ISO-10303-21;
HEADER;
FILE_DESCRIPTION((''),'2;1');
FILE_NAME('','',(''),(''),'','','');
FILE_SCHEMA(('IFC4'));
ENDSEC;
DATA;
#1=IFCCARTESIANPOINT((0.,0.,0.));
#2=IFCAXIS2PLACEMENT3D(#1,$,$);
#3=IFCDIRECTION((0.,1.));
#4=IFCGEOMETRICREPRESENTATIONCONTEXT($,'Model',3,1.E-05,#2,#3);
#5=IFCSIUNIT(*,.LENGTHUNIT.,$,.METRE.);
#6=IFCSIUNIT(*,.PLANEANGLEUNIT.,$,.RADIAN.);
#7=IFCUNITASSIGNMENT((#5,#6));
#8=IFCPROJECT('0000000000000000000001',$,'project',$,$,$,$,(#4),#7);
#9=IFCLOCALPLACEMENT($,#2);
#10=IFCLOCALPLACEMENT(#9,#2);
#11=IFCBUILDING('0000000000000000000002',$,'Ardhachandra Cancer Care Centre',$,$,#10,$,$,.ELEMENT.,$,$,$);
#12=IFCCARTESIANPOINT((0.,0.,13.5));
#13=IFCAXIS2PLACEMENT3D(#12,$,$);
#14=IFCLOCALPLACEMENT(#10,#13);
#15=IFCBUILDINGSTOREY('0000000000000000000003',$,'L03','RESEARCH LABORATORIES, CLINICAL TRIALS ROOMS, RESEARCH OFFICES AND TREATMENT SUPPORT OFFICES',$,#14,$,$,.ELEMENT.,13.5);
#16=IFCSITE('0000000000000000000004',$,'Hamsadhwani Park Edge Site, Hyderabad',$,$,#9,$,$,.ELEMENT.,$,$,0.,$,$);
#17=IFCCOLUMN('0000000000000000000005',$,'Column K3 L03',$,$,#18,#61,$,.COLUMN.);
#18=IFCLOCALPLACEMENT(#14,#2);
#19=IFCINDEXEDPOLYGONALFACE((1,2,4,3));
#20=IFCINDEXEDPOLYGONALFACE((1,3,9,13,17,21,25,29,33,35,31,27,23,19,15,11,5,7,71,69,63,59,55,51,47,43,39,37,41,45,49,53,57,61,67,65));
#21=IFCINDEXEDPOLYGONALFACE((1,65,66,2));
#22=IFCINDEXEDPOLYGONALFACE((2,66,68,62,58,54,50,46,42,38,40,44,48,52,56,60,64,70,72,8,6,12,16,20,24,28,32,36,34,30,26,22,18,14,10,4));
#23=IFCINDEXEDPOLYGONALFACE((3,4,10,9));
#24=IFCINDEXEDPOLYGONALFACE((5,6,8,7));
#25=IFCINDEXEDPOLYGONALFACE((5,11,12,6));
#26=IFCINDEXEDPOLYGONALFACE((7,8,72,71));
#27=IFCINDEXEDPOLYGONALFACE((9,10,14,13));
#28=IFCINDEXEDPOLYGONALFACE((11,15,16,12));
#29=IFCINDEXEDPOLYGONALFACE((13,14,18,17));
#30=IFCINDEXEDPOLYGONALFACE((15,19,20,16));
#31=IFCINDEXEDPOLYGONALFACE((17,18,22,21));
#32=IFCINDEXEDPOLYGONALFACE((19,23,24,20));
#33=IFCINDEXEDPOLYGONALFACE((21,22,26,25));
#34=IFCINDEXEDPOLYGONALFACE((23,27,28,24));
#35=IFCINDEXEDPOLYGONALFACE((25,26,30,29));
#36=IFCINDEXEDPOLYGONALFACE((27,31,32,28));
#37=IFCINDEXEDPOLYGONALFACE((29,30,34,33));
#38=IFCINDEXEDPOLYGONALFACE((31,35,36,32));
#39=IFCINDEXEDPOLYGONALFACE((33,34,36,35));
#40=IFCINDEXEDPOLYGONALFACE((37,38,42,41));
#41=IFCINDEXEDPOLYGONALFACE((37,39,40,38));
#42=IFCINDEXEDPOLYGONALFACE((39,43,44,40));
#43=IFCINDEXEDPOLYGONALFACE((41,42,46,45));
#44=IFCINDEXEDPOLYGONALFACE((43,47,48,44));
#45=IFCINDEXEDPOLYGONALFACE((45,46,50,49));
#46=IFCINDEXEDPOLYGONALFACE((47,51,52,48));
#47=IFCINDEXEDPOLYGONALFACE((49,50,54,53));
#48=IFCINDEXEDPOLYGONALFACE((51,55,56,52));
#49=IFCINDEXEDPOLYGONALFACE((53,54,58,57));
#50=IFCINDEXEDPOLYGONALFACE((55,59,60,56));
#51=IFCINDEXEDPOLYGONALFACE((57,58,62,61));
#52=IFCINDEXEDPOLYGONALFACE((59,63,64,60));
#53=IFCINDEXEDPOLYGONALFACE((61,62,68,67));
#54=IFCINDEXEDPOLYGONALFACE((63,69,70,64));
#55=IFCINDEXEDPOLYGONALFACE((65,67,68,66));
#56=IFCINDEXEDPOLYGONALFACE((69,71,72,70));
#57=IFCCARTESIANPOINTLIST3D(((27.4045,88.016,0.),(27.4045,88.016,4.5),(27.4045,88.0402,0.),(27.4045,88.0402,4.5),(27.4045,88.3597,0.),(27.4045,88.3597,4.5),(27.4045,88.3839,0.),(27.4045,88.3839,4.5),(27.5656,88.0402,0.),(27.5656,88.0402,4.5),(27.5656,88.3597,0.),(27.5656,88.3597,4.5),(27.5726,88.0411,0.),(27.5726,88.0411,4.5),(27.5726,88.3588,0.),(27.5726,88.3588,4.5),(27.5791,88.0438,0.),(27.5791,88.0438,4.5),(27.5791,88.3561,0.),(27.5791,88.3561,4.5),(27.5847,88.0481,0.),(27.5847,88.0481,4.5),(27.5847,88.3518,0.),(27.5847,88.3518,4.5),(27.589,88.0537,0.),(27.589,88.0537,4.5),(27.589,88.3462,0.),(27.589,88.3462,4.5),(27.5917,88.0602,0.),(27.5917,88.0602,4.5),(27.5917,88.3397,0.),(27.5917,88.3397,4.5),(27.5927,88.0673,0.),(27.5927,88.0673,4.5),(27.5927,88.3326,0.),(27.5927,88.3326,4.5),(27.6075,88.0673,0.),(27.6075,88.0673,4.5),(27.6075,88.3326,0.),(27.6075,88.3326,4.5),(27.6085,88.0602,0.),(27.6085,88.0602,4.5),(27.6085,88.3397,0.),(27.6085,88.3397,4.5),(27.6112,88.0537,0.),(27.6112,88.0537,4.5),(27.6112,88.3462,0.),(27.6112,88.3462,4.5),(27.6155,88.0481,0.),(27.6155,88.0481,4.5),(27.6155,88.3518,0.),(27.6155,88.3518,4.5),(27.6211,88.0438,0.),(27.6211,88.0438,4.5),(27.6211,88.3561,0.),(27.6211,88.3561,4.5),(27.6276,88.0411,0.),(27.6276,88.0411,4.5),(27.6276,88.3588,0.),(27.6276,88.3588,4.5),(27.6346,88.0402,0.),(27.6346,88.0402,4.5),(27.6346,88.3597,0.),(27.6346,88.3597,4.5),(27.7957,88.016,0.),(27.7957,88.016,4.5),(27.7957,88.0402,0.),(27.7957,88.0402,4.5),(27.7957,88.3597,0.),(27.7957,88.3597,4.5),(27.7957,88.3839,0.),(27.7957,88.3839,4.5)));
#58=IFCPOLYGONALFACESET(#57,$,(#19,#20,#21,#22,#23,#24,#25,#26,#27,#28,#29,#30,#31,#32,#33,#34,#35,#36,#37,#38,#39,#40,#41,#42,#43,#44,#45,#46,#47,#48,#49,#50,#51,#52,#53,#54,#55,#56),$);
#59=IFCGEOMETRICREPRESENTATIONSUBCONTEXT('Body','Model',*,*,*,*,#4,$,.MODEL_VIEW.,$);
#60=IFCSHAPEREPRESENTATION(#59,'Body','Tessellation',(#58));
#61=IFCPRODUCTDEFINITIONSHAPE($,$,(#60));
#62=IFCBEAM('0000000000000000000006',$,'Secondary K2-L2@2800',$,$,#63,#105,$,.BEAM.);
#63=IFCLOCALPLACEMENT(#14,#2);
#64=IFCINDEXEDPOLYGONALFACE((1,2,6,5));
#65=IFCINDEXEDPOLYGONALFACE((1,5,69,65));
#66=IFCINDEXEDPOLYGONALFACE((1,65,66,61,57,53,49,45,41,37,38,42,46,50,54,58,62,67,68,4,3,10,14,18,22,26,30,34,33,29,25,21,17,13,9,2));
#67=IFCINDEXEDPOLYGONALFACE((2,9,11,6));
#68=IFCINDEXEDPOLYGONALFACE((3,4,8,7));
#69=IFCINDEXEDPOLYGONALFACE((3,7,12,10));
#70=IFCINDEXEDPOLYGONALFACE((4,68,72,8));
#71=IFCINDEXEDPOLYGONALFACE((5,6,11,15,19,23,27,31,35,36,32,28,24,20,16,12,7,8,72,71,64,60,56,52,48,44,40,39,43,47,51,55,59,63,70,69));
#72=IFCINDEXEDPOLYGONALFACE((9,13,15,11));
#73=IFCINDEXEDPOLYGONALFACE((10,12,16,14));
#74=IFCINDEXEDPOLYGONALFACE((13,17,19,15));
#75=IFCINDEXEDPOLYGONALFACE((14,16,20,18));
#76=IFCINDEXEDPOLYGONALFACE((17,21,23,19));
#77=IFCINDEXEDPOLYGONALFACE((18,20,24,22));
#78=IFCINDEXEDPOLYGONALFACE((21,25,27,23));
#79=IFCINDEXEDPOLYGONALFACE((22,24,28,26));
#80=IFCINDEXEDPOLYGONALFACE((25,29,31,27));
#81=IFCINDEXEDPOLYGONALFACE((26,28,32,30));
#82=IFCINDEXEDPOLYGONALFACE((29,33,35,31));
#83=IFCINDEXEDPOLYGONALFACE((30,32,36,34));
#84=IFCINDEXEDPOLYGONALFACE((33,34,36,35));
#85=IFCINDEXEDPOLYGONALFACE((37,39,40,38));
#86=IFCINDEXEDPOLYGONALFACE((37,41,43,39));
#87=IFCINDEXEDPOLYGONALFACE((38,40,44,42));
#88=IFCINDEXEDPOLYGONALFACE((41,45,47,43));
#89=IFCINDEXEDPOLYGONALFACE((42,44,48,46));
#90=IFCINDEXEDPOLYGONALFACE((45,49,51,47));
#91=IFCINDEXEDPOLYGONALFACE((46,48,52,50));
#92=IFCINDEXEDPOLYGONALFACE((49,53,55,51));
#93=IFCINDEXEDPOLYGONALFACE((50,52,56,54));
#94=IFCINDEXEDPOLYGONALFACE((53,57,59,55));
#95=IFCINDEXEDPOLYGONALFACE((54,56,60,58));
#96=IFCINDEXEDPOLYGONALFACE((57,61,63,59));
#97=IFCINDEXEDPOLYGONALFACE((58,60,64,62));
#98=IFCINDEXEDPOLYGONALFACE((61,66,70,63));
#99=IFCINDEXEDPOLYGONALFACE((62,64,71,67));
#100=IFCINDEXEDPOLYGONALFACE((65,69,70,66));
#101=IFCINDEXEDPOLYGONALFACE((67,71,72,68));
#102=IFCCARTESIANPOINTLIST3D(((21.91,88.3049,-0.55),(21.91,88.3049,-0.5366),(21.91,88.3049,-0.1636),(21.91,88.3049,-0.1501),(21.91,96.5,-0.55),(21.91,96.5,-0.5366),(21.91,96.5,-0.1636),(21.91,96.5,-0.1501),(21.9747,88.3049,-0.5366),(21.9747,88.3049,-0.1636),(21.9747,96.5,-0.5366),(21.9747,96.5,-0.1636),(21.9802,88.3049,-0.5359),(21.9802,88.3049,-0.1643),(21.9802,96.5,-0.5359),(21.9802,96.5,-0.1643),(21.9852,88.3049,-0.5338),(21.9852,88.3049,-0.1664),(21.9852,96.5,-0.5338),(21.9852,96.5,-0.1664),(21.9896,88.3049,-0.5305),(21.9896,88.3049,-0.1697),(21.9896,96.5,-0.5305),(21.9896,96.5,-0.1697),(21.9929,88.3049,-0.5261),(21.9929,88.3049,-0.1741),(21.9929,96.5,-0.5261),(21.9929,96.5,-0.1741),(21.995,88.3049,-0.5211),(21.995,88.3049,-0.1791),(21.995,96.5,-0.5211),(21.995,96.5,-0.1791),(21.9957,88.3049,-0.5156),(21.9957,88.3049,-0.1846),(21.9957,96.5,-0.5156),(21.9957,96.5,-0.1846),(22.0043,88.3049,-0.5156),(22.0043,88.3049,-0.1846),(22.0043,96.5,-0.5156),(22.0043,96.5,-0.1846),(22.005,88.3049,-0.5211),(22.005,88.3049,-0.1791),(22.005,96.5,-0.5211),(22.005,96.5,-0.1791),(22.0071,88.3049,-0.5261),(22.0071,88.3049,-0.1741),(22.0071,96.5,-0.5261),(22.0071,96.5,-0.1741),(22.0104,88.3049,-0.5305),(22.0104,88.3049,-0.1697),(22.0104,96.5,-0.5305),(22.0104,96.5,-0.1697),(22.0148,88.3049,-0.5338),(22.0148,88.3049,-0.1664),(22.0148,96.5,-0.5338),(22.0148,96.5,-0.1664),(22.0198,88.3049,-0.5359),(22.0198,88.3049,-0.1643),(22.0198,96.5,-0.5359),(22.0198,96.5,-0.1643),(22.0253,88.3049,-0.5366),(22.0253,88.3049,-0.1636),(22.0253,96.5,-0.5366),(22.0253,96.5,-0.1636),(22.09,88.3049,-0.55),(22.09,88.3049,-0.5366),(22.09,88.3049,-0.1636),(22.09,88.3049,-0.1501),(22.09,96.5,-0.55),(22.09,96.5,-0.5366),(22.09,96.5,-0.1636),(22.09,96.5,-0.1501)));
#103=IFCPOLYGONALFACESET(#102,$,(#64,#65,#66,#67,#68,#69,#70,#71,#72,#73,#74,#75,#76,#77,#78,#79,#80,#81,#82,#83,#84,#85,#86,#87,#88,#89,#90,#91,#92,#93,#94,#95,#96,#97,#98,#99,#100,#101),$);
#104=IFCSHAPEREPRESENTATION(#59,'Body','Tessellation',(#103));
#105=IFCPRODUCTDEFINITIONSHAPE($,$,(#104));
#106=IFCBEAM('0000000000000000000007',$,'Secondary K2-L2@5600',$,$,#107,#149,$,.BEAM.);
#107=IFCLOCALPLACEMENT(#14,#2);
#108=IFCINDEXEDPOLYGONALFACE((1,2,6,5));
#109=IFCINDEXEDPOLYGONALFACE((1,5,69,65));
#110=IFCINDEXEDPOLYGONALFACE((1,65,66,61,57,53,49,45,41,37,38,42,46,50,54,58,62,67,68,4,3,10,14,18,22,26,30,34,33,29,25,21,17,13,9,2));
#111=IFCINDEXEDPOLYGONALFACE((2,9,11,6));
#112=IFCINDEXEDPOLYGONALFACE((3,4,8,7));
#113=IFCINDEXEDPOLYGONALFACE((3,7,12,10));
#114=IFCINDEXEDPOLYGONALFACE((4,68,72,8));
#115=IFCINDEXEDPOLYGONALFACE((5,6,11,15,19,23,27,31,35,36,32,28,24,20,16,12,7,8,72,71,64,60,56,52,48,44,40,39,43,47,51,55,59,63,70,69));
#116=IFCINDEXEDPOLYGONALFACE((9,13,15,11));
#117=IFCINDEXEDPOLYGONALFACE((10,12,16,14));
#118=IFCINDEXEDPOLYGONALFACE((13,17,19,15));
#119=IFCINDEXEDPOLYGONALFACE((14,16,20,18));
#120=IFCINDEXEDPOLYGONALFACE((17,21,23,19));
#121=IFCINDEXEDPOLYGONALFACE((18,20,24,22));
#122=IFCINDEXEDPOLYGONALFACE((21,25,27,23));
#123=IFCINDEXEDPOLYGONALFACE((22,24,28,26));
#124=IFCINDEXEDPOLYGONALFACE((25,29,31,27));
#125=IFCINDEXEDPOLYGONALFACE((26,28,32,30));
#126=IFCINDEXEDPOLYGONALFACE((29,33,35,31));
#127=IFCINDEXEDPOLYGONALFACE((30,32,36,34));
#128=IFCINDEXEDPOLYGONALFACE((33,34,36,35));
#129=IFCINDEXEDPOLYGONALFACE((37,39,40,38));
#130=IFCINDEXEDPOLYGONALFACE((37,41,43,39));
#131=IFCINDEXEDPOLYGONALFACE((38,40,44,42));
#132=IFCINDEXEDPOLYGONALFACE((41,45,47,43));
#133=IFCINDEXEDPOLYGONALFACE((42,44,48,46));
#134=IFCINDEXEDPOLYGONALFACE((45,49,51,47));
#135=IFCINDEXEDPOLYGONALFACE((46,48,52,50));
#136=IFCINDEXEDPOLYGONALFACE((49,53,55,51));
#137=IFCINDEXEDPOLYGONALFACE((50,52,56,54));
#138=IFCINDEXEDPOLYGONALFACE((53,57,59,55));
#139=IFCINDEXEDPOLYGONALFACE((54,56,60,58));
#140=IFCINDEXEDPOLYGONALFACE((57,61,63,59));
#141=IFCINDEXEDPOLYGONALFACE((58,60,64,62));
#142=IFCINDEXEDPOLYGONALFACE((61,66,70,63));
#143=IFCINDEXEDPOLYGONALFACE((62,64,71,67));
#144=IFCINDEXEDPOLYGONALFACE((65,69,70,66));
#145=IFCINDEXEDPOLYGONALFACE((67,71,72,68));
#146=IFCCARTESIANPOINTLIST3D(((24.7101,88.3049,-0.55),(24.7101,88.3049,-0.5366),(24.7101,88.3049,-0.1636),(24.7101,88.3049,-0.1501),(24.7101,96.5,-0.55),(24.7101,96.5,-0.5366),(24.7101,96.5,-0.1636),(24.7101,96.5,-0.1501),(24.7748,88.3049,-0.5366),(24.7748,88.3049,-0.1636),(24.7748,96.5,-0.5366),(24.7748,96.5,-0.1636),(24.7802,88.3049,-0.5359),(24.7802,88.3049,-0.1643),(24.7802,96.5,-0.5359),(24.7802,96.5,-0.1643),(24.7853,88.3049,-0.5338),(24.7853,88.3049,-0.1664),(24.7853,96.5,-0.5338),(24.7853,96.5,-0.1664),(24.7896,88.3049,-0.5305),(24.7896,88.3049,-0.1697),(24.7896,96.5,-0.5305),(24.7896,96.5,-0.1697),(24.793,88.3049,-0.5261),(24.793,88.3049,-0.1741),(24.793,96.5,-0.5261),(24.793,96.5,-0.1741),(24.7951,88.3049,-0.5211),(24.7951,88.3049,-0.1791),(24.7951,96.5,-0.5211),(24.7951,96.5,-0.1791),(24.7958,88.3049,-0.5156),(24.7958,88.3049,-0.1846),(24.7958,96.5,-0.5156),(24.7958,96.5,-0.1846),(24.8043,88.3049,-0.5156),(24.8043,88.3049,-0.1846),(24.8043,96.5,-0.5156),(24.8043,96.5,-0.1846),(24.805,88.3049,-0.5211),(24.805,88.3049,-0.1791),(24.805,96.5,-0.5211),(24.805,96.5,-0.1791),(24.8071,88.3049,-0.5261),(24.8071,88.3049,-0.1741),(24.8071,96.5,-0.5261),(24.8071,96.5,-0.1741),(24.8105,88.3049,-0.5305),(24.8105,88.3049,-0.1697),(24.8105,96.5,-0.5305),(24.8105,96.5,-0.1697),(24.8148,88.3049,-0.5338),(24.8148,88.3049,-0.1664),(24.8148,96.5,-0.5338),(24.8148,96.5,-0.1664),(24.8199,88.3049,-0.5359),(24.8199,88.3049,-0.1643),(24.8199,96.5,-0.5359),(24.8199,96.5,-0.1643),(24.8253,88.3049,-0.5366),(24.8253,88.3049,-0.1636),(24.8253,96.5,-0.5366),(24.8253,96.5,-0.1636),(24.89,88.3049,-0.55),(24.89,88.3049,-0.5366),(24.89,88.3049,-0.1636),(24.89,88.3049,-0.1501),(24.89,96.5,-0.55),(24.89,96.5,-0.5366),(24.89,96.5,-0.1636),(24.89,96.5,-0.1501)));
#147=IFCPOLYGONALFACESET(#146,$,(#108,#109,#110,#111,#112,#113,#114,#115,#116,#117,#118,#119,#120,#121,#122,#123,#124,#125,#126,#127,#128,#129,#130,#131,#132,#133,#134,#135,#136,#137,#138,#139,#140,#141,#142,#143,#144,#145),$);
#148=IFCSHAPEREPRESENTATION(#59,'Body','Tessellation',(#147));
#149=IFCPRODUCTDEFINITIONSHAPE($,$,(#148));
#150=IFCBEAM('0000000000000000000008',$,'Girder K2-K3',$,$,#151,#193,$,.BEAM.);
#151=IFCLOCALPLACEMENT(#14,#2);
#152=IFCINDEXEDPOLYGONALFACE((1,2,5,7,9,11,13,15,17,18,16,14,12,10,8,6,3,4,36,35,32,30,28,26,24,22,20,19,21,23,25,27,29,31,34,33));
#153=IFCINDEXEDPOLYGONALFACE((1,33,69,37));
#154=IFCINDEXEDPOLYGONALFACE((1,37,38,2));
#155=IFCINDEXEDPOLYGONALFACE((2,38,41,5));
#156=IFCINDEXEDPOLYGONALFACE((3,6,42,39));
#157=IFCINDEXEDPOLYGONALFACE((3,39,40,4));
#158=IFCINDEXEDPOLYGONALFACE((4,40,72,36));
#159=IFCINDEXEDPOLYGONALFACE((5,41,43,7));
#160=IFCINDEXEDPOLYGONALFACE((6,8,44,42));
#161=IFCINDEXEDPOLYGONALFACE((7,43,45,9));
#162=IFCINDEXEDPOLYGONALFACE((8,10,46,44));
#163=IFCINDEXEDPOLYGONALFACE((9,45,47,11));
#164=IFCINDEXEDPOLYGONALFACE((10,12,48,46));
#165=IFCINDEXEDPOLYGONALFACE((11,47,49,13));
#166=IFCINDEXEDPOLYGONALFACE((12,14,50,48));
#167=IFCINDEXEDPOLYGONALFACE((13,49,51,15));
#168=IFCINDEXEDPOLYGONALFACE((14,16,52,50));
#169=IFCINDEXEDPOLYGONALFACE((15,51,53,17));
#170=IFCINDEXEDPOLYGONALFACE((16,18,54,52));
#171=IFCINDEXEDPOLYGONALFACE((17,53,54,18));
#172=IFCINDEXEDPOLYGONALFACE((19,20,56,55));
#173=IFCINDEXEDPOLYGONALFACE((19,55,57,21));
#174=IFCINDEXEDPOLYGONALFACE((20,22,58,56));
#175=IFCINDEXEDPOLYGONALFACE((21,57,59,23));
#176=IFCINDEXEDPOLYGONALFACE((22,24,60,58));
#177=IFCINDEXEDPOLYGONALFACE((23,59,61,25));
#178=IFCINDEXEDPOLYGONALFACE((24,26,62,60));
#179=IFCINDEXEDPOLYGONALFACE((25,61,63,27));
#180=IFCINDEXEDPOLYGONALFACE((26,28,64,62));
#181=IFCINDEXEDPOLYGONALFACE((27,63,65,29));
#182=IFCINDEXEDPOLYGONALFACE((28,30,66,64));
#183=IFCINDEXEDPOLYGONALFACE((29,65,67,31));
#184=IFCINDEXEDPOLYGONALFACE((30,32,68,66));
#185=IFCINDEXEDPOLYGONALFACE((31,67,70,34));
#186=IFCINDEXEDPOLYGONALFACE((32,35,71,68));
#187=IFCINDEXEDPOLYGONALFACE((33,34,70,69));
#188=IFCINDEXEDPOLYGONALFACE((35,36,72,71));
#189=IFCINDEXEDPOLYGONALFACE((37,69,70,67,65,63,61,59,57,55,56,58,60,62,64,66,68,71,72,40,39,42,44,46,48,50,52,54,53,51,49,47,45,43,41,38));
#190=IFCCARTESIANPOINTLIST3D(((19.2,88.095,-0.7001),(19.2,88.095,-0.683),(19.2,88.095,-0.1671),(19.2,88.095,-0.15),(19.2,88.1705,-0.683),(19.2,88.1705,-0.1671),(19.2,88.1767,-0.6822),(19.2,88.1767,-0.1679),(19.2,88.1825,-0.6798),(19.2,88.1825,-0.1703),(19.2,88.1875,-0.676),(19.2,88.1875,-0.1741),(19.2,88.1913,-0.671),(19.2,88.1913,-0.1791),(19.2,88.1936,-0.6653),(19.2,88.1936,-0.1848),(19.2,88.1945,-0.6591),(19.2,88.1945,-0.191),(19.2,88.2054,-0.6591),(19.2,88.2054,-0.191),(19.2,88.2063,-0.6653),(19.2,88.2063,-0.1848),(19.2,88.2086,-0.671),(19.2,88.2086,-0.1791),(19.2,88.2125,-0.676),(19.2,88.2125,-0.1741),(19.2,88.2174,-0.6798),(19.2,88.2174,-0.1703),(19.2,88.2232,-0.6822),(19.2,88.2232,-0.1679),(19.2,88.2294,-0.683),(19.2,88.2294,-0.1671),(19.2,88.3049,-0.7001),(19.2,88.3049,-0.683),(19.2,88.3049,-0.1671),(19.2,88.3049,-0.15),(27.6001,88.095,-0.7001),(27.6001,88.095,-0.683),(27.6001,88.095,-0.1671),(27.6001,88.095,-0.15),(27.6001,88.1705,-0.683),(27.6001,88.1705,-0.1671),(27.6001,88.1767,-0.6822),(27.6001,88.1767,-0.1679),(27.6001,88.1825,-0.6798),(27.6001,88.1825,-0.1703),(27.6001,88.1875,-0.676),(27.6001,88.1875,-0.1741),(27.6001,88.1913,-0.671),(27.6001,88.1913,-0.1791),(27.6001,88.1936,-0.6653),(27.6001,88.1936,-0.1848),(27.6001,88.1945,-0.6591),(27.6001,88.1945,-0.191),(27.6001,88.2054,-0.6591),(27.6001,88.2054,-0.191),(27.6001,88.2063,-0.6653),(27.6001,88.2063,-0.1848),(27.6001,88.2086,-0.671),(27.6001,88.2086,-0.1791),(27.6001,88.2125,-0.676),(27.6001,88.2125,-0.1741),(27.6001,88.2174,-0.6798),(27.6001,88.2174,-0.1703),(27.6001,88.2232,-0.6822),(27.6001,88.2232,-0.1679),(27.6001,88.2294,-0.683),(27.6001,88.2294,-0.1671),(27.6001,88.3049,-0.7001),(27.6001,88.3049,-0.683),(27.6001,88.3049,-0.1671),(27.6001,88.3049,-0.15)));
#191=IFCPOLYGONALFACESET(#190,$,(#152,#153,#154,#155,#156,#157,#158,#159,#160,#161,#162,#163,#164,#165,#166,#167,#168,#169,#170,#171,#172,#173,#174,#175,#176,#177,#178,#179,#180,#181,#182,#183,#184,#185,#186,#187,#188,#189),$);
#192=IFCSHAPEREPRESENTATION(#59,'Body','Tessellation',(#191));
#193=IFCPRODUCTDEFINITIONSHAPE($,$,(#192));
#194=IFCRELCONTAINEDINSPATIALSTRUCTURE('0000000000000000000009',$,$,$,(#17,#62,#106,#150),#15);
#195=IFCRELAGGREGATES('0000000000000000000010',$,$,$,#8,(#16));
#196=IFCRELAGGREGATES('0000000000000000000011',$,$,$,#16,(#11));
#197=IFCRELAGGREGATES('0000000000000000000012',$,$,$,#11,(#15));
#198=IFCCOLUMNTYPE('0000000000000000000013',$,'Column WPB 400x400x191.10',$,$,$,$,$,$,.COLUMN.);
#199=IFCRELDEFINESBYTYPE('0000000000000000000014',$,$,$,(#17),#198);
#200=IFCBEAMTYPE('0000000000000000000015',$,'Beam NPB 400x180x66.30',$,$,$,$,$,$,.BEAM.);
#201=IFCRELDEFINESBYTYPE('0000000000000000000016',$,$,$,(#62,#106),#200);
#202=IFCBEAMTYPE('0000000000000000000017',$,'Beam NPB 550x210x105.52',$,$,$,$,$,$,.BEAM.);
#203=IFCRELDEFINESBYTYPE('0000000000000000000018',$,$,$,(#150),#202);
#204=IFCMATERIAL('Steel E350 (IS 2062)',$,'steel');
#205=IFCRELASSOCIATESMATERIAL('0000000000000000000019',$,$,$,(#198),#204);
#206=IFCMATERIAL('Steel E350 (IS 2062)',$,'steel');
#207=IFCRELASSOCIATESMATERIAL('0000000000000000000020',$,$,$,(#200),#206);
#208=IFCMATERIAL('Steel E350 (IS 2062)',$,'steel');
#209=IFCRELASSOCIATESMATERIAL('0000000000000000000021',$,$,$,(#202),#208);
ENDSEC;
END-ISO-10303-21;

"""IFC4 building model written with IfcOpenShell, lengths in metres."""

from ifc_helpers import new_model, si_unit, direction, frame, origin, origin_2d, place, context, subcontext, project, spatial, i_section, extrude, material, material_profile, profile_set, type_object, element, save


model = new_model("IFC4")

# Units and contexts
model_context = context("Model", 3, precision=1e-05, world=origin(), true_north=direction((0.0, 1.0)))
body_context = subcontext(model_context, "Body", "Model", "MODEL_VIEW")
ifc_project = project(units=[si_unit("LENGTHUNIT", "METRE"), si_unit("PLANEANGLEUNIT", "RADIAN")], contexts=[model_context])

# Site, building, storey
site_placement = place(None, origin())
site = spatial("IfcSite", under=ifc_project, at=site_placement, Name="Hamsadhwani Park Edge Site, Hyderabad", CompositionType="ELEMENT", RefElevation=0.0)
building_placement = place(site_placement, origin())
building = spatial("IfcBuilding", under=site, at=building_placement, Name="Ardhachandra Cancer Care Centre", CompositionType="ELEMENT")
storey_placement = place(building_placement, frame((0.0, 0.0, 13.5)))
storey = spatial("IfcBuildingStorey", under=building, at=storey_placement, Name="L03", Description="RESEARCH LABORATORIES, CLINICAL TRIALS ROOMS, RESEARCH OFFICES AND TREATMENT SUPPORT OFFICES", CompositionType="ELEMENT", Elevation=13.5)

# Column
ifc_material_1 = material(Name="Steel E350 (IS 2062)", Category="steel")
ifc_material_profile_1 = material_profile(ifc_material_1, i_section(OverallWidth=0.3911, OverallDepth=0.3679, WebThickness=0.0149, FlangeThickness=0.0242, FilletRadius=0.0271, at=origin_2d()), Name="WPB 400x400x191.10")
ifc_profile_set_1 = profile_set([ifc_material_profile_1], Name="Steel E350 (IS 2062)")
column_type = type_object("IfcColumnType", Name="Column WPB 400x400x191.10", PredefinedType="COLUMN", material=ifc_profile_set_1)
column_placement = place(storey_placement, frame((27.6001, 88.2, 0.0), z_axis=(0.0, 0.0, 1.0), x_axis=(1.0, 0.0, 0.0)))
element("IfcColumn", 1, at=column_placement, inside=storey, type_object=column_type, Name="Column K3 L03", PredefinedType="COLUMN", context=body_context, shape_type="SweptSolid", body=[
    extrude(i_section(OverallWidth=0.3911, OverallDepth=0.3679, WebThickness=0.0149, FlangeThickness=0.0242, FilletRadius=0.0271, at=origin_2d()), origin(), (0.0, 0.0, 1.0), 4.5),
])

# Beams
ifc_material_2 = material(Name="Steel E350 (IS 2062)", Category="steel")
ifc_material_profile_2 = material_profile(ifc_material_2, i_section(OverallWidth=0.1799, OverallDepth=0.3999, WebThickness=0.0085, FlangeThickness=0.0134, FilletRadius=0.021, at=origin_2d()), Name="NPB 400x180x66.30")
ifc_profile_set_2 = profile_set([ifc_material_profile_2], Name="Steel E350 (IS 2062)")
beam_type_1 = type_object("IfcBeamType", Name="Beam NPB 400x180x66.30", PredefinedType="BEAM", material=ifc_profile_set_2)
for number, where, z_axis, x_axis, name in (
    (2, (22.0, 88.3049, -0.3501), (0.0, 1.0, 0.0), (-1.0, 0.0, 0.0), "Secondary K2-L2@2800"),
    (3, (24.8, 88.3049, -0.3501), (0.0, 1.0, 0.0), (-1.0, 0.0, 0.0), "Secondary K2-L2@5600"),
):
    element("IfcBeam", number, at=place(storey_placement, frame(where, z_axis=z_axis, x_axis=x_axis)), inside=storey, type_object=beam_type_1, Name=name, PredefinedType="BEAM", context=body_context, shape_type="SweptSolid", body=[
        extrude(i_section(OverallWidth=0.1799, OverallDepth=0.3999, WebThickness=0.0085, FlangeThickness=0.0134, FilletRadius=0.021, at=origin_2d()), origin(), (0.0, 0.0, 1.0), 8.1951),
    ])
ifc_material_3 = material(Name="Steel E350 (IS 2062)", Category="steel")
ifc_material_profile_3 = material_profile(ifc_material_3, i_section(OverallWidth=0.21, OverallDepth=0.55, WebThickness=0.011, FlangeThickness=0.0171, FilletRadius=0.0239, at=origin_2d()), Name="NPB 550x210x105.52")
ifc_profile_set_3 = profile_set([ifc_material_profile_3], Name="Steel E350 (IS 2062)")
beam_type_2 = type_object("IfcBeamType", Name="Beam NPB 550x210x105.52", PredefinedType="BEAM", material=ifc_profile_set_3)
beam_1_placement = place(storey_placement, frame((19.2, 88.2, -0.425), z_axis=(1.0, 0.0, 0.0), x_axis=(0.0, 1.0, 0.0)))
element("IfcBeam", 4, at=beam_1_placement, inside=storey, type_object=beam_type_2, Name="Girder K2-K3", PredefinedType="BEAM", context=body_context, shape_type="SweptSolid", body=[
    extrude(i_section(OverallWidth=0.21, OverallDepth=0.55, WebThickness=0.011, FlangeThickness=0.0171, FilletRadius=0.0239, at=origin_2d()), origin(), (0.0, 0.0, 1.0), 8.4001),
])

save(model, "model.ifc")
